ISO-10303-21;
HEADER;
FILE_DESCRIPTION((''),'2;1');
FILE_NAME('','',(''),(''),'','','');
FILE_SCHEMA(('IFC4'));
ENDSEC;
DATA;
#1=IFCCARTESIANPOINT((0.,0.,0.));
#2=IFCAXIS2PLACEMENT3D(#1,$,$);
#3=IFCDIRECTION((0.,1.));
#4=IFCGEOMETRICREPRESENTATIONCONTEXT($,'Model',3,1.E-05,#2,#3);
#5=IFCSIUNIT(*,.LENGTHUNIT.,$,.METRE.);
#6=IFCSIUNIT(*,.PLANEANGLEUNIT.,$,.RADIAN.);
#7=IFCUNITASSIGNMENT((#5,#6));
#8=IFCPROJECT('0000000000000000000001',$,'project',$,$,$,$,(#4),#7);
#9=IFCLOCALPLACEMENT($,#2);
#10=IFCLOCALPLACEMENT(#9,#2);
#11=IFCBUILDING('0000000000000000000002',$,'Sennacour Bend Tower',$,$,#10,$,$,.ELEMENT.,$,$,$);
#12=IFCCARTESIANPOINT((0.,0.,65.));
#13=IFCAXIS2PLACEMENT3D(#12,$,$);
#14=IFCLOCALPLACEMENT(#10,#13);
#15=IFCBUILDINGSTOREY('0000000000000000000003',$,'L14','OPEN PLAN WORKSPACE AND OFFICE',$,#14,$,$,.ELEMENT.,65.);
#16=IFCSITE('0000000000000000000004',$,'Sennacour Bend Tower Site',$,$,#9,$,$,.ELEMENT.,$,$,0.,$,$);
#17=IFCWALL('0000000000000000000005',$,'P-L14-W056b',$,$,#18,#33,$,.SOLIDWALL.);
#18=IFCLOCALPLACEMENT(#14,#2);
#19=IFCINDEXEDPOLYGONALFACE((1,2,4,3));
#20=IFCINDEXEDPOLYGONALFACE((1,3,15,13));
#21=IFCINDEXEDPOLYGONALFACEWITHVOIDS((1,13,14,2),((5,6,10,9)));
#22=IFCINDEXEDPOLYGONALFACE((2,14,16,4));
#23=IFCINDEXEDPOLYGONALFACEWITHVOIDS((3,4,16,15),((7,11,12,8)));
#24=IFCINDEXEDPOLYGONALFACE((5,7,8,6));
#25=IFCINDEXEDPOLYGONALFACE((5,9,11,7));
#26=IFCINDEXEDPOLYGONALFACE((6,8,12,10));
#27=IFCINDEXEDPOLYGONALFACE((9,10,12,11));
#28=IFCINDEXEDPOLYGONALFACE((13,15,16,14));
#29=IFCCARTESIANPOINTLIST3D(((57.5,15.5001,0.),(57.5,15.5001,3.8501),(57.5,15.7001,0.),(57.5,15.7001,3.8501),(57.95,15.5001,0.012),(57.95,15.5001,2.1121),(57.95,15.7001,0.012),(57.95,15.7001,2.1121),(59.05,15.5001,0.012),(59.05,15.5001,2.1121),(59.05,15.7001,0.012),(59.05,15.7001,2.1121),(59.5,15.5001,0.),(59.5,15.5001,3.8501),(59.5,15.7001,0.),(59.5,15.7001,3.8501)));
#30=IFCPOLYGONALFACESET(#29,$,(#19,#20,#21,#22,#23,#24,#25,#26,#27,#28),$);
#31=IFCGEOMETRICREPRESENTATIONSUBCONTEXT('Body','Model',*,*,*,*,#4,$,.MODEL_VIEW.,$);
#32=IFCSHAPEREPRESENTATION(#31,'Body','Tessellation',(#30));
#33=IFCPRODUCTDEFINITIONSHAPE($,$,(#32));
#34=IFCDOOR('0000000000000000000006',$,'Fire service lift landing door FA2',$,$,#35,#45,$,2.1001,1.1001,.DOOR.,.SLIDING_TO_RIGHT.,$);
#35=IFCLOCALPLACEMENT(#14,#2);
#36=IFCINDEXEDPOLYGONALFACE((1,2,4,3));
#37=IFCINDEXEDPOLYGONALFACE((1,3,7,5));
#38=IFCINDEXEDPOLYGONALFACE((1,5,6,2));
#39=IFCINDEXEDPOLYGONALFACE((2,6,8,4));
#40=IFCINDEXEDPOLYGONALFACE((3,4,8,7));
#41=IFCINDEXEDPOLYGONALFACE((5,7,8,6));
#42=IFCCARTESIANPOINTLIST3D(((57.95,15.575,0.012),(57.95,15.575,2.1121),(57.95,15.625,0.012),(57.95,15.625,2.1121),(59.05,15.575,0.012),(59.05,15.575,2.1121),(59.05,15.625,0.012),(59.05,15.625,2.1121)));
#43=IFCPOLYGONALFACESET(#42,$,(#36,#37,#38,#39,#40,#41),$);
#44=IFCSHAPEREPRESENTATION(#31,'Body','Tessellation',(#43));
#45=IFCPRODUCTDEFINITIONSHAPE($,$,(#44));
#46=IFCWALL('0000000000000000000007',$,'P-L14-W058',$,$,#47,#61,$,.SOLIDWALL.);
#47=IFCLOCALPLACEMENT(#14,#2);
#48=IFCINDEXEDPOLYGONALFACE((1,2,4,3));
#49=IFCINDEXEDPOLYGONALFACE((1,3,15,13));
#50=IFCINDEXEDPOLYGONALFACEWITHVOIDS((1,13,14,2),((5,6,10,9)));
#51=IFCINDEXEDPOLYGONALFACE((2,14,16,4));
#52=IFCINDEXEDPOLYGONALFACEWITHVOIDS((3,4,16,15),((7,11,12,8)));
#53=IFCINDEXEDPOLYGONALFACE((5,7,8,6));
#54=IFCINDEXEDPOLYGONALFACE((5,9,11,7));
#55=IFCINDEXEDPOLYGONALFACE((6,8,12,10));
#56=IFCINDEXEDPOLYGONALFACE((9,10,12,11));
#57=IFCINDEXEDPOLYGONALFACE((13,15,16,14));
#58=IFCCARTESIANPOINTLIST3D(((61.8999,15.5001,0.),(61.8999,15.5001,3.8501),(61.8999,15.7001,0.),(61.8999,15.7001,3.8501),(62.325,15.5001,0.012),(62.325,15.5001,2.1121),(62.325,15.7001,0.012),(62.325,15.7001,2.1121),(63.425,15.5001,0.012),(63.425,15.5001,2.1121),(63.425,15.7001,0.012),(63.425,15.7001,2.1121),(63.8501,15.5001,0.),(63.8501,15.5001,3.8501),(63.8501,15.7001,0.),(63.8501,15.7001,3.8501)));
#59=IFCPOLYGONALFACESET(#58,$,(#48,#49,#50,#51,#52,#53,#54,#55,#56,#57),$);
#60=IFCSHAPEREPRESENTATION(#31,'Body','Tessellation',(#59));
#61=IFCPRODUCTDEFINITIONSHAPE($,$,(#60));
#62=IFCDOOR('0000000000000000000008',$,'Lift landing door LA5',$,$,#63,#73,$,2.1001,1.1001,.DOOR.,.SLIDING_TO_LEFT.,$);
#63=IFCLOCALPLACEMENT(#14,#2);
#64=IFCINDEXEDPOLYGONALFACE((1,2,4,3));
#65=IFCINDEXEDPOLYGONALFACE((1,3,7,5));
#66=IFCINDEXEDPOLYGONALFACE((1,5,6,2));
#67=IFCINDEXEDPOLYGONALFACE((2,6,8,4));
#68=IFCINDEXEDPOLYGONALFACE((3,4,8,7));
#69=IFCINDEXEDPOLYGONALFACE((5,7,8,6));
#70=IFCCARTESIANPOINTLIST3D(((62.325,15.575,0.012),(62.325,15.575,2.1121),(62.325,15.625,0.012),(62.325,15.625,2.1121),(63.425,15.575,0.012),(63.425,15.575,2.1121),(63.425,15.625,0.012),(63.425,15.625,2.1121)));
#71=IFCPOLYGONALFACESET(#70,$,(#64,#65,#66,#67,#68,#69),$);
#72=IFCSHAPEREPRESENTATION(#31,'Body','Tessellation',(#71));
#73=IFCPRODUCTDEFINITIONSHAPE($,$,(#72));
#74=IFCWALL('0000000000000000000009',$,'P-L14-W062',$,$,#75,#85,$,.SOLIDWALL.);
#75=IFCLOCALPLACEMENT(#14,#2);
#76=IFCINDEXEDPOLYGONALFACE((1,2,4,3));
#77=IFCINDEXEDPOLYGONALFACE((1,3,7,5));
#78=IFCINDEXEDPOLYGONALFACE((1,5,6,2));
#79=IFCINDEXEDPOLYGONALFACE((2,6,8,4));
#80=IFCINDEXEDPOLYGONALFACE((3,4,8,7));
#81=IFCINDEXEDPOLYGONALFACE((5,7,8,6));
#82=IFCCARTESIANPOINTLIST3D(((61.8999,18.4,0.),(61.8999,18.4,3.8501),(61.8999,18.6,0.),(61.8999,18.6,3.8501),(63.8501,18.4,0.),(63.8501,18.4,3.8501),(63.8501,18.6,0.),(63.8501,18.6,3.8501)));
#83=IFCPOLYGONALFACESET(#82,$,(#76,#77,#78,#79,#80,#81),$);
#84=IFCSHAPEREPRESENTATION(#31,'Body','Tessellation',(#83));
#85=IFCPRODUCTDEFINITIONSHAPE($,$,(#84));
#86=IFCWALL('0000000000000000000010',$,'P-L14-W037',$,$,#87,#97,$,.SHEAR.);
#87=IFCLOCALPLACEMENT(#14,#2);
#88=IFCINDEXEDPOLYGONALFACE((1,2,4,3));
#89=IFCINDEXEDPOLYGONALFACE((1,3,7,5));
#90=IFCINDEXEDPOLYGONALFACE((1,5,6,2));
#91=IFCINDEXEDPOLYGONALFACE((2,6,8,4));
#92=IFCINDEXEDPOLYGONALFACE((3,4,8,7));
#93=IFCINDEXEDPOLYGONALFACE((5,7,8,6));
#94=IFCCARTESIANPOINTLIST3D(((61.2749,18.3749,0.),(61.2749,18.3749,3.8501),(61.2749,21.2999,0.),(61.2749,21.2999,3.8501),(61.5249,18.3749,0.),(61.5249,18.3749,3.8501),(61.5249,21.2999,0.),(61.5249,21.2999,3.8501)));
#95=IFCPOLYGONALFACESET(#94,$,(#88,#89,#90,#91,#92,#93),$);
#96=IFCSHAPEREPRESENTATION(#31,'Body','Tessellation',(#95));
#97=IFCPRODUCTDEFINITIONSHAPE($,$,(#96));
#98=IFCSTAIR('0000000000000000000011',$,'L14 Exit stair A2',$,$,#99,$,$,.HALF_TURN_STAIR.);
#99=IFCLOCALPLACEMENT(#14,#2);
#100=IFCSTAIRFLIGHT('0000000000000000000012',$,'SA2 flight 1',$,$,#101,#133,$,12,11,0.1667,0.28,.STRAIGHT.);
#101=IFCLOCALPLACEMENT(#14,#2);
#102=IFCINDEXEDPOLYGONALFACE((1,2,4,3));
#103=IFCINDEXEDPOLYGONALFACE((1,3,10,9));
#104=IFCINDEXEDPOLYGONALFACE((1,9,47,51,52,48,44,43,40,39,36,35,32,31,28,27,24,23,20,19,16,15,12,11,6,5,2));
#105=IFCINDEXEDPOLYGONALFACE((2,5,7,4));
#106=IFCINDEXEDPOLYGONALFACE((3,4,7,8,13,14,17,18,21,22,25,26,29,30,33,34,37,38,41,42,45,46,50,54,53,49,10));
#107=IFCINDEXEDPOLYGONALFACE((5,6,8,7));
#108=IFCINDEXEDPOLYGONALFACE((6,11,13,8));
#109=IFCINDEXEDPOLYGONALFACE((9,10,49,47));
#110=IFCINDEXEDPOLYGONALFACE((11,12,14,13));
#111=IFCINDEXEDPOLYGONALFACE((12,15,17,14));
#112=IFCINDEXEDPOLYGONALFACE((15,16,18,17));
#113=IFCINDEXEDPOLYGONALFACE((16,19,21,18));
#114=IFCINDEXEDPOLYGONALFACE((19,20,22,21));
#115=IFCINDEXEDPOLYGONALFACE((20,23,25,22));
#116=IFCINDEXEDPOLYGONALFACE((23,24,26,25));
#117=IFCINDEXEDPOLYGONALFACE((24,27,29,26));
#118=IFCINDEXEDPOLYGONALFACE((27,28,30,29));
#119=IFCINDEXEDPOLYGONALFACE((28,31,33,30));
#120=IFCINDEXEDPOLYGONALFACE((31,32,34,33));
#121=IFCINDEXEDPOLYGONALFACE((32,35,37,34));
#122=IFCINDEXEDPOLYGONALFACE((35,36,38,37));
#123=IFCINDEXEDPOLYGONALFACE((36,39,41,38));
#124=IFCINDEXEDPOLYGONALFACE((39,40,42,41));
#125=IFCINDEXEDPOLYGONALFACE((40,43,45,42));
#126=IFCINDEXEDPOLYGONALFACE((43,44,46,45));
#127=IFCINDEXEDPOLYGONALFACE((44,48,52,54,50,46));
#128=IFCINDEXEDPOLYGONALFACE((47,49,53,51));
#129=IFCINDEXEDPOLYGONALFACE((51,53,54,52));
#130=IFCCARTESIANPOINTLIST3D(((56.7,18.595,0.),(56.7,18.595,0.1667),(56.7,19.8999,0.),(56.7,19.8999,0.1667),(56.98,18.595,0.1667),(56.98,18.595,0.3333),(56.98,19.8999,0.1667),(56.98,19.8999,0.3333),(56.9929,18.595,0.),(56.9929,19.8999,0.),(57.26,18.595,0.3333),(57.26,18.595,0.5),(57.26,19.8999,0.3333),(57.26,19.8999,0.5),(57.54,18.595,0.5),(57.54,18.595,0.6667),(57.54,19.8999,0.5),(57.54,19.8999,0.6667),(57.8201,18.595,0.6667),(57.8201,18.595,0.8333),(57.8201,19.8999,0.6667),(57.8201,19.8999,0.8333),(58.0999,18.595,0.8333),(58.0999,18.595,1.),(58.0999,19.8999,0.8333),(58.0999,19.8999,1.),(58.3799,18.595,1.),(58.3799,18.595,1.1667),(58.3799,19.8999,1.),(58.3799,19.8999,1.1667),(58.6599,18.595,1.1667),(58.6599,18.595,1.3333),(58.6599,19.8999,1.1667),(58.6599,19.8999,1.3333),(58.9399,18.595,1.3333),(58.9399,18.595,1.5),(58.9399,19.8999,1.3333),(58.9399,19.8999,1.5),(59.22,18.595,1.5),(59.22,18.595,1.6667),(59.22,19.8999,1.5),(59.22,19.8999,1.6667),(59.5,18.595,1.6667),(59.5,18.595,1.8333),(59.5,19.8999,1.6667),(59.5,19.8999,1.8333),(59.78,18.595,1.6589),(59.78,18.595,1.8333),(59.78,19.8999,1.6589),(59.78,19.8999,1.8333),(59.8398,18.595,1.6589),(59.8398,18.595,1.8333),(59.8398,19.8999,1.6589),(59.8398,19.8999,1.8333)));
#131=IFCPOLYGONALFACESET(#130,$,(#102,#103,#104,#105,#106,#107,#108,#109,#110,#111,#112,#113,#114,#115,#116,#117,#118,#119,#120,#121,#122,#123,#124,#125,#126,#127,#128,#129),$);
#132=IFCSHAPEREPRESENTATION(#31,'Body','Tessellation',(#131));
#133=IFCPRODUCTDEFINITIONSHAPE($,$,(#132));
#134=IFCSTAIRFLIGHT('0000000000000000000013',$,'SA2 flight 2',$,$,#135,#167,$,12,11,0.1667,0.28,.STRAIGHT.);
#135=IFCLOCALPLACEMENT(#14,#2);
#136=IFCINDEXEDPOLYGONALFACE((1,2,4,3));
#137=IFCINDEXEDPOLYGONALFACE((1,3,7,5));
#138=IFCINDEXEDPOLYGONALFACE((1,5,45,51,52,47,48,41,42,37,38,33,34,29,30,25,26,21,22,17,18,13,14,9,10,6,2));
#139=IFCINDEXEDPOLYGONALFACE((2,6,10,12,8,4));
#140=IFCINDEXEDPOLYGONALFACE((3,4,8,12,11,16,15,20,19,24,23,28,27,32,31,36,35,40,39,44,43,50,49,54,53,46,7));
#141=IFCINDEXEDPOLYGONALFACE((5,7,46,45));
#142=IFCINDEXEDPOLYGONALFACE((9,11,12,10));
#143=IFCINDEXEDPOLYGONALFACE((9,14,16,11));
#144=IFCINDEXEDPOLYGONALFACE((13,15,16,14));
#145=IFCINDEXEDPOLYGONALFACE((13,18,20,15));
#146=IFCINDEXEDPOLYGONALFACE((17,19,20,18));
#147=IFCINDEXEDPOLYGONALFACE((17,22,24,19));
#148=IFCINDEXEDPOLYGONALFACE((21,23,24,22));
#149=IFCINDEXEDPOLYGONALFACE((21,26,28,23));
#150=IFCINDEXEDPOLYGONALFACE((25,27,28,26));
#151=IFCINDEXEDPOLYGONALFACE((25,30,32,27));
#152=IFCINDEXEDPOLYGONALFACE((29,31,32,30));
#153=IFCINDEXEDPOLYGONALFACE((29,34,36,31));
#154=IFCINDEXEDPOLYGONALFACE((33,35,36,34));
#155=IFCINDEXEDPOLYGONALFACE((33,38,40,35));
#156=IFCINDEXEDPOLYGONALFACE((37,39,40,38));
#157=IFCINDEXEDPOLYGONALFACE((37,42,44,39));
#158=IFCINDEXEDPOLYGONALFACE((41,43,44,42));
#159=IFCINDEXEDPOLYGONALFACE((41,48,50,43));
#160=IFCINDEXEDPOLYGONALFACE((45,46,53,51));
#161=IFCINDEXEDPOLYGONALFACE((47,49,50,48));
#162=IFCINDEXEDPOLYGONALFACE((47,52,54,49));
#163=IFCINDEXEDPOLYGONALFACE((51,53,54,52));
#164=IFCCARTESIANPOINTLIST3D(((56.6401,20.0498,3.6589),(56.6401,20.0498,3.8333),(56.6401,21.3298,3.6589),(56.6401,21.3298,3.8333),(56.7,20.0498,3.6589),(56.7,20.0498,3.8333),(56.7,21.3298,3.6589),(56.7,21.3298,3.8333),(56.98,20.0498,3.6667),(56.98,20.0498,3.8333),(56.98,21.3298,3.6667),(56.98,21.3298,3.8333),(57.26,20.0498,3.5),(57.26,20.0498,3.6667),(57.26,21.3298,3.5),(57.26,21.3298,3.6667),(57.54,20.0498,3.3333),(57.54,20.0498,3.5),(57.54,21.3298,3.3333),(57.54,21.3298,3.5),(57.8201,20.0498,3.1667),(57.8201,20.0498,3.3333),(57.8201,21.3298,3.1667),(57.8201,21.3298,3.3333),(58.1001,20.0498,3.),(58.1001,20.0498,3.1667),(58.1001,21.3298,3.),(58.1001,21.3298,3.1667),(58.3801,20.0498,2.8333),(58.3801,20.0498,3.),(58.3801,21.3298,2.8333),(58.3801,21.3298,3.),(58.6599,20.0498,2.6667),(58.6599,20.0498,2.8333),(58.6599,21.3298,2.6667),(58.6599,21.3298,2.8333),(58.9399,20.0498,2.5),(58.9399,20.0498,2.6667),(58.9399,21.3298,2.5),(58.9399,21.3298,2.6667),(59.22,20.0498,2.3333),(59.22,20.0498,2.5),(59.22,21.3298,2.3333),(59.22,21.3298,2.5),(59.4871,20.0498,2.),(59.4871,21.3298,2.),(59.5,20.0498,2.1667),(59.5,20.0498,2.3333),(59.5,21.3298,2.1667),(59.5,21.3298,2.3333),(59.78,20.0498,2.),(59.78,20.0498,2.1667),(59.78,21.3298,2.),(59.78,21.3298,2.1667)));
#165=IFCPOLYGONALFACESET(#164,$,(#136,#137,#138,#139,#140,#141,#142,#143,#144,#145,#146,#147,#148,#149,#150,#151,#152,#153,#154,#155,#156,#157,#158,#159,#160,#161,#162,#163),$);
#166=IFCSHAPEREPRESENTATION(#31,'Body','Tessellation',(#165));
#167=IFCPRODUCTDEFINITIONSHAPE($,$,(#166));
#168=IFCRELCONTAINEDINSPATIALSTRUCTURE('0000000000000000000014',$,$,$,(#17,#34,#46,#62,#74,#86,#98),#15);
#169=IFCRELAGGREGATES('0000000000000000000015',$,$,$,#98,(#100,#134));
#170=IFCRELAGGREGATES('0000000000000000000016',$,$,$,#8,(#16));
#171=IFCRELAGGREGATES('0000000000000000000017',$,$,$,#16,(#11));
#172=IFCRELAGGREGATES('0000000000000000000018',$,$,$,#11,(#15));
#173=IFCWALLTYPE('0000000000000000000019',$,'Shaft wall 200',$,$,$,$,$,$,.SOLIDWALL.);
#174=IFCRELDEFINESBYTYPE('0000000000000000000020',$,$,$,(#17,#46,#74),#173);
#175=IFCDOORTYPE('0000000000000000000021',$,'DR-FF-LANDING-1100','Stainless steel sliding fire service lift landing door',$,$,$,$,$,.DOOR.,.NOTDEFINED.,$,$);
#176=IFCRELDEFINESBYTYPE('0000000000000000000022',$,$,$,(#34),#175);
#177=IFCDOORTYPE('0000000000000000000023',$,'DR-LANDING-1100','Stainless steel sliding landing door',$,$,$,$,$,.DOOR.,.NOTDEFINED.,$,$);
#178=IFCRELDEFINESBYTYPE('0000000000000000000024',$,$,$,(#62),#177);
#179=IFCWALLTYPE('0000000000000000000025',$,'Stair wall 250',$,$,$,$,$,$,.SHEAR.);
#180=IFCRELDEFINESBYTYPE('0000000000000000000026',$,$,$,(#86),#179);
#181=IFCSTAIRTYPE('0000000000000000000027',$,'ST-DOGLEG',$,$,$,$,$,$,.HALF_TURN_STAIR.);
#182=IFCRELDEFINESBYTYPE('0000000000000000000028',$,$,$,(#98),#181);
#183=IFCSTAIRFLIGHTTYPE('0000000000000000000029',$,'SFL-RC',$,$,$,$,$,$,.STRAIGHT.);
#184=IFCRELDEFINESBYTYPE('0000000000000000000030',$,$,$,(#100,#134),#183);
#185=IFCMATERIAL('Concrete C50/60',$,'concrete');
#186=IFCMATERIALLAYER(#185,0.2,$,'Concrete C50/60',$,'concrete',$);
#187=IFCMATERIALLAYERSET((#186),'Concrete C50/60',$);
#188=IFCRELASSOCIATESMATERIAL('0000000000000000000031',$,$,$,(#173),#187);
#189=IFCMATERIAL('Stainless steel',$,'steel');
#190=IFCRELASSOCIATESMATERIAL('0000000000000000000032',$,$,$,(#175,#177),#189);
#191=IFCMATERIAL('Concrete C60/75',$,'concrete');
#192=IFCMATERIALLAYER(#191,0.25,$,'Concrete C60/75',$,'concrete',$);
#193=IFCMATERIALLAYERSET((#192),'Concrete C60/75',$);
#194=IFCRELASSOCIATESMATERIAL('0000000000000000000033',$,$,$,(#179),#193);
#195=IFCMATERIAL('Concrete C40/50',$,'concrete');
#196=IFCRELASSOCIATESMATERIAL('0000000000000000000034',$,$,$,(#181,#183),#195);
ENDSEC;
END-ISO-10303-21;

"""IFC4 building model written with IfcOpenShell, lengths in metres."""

from ifc_helpers import new_model, si_unit, direction, frame, frame_2d, origin, place, context, subcontext, project, spatial, polyline, rectangle, outline, extrude, material, layer, layer_set, type_object, element, fill, aggregate, save


model = new_model("IFC4")

# Units and contexts
model_context = context("Model", 3, precision=1e-05, world=origin(), true_north=direction((0.0, 1.0)))
body_context = subcontext(model_context, "Body", "Model", "MODEL_VIEW")
ifc_project = project(units=[si_unit("LENGTHUNIT", "METRE"), si_unit("PLANEANGLEUNIT", "RADIAN")], contexts=[model_context])

# Site, building, storey
site_placement = place(None, origin())
site = spatial("IfcSite", under=ifc_project, at=site_placement, Name="Sennacour Bend Tower Site", CompositionType="ELEMENT", RefElevation=0.0)
building_placement = place(site_placement, origin())
building = spatial("IfcBuilding", under=site, at=building_placement, Name="Sennacour Bend Tower", CompositionType="ELEMENT")
storey_placement = place(building_placement, frame((0.0, 0.0, 65.0)))
storey = spatial("IfcBuildingStorey", under=building, at=storey_placement, Name="L14", Description="OPEN PLAN WORKSPACE AND OFFICE", CompositionType="ELEMENT", Elevation=65.0)

# Shared definitions
ifc_material_1 = material(Name="Concrete C50/60", Category="concrete")
ifc_layer_1 = layer(ifc_material_1, 0.2, Name="Concrete C50/60", Category="concrete")
ifc_layer_set_1 = layer_set([ifc_layer_1], Name="Concrete C50/60")
wall_type_1 = type_object("IfcWallType", Name="Shaft wall 200", PredefinedType="SOLIDWALL", material=ifc_layer_set_1)

# Walls, openings, doors
wall_1_placement = place(storey_placement, frame((57.5, 15.6001, 0.0), z_axis=(0.0, 0.0, 1.0), x_axis=(1.0, 0.0, 0.0)))
wall_1 = element("IfcWall", 1, at=wall_1_placement, inside=storey, type_object=wall_type_1, Name="P-L14-W056b", PredefinedType="SOLIDWALL", context=body_context, shape_type="SweptSolid", body=[
    extrude(rectangle(XDim=2.0, YDim=0.2, at=frame_2d((1.0, 0.0))), origin(), (0.0, 0.0, 1.0), 3.8501),
])
opening_1_placement = place(wall_1_placement, frame((0.45, 0.0, 0.012)))
opening_1 = element("IfcOpeningElement", 2, at=opening_1_placement, cuts=wall_1, PredefinedType="OPENING", context=body_context, shape_type="SweptSolid", body=[
    extrude(rectangle(XDim=1.1001, YDim=2.1001, at=frame_2d((0.55, 1.05))), frame((0.0, 0.1099, 0.0), z_axis=(0.0, -1.0, 0.0), x_axis=(1.0, 0.0, 0.0)), (0.0, 0.0, 1.0), 0.22),
])
ifc_material_2 = material(Name="Stainless steel", Category="steel")
door_type_1 = type_object("IfcDoorType", Name="DR-FF-LANDING-1100", Description="Stainless steel sliding fire service lift landing door", OperationType="NOTDEFINED", PredefinedType="DOOR", material=ifc_material_2)
door_1_placement = place(opening_1_placement, origin())
door_1 = element("IfcDoor", 3, at=door_1_placement, inside=storey, type_object=door_type_1, Name="Fire service lift landing door FA2", OperationType="SLIDING_TO_RIGHT", OverallHeight=2.1001, OverallWidth=1.1001, PredefinedType="DOOR", context=body_context, shape_type="SweptSolid", body=[
    extrude(rectangle(XDim=1.1001, YDim=2.1001, at=frame_2d((0.55, 1.05))), frame((0.0, 0.0249, 0.0), z_axis=(0.0, -1.0, 0.0), x_axis=(1.0, 0.0, 0.0)), (0.0, 0.0, 1.0), 0.05),
])
fill(opening_1, door_1)
wall_2_placement = place(storey_placement, frame((61.8999, 15.6001, 0.0), z_axis=(0.0, 0.0, 1.0), x_axis=(1.0, 0.0, 0.0)))
wall_2 = element("IfcWall", 4, at=wall_2_placement, inside=storey, type_object=wall_type_1, Name="P-L14-W058", PredefinedType="SOLIDWALL", context=body_context, shape_type="SweptSolid", body=[
    extrude(rectangle(XDim=1.9502, YDim=0.2, at=frame_2d((0.9751, 0.0))), origin(), (0.0, 0.0, 1.0), 3.8501),
])
opening_2_placement = place(wall_2_placement, frame((0.425, 0.0, 0.012)))
opening_2 = element("IfcOpeningElement", 5, at=opening_2_placement, cuts=wall_2, PredefinedType="OPENING", context=body_context, shape_type="SweptSolid", body=[
    extrude(rectangle(XDim=1.1001, YDim=2.1001, at=frame_2d((0.55, 1.05))), frame((0.0, 0.1099, 0.0), z_axis=(0.0, -1.0, 0.0), x_axis=(1.0, 0.0, 0.0)), (0.0, 0.0, 1.0), 0.22),
])
door_type_2 = type_object("IfcDoorType", Name="DR-LANDING-1100", Description="Stainless steel sliding landing door", OperationType="NOTDEFINED", PredefinedType="DOOR", material=ifc_material_2)
door_2_placement = place(opening_2_placement, origin())
door_2 = element("IfcDoor", 6, at=door_2_placement, inside=storey, type_object=door_type_2, Name="Lift landing door LA5", OperationType="SLIDING_TO_LEFT", OverallHeight=2.1001, OverallWidth=1.1001, PredefinedType="DOOR", context=body_context, shape_type="SweptSolid", body=[
    extrude(rectangle(XDim=1.1001, YDim=2.1001, at=frame_2d((0.55, 1.05))), frame((0.0, 0.0249, 0.0), z_axis=(0.0, -1.0, 0.0), x_axis=(1.0, 0.0, 0.0)), (0.0, 0.0, 1.0), 0.05),
])
fill(opening_2, door_2)

# Walls
wall_3_placement = place(storey_placement, frame((61.8999, 18.5, 0.0), z_axis=(0.0, 0.0, 1.0), x_axis=(1.0, 0.0, 0.0)))
element("IfcWall", 7, at=wall_3_placement, inside=storey, type_object=wall_type_1, Name="P-L14-W062", PredefinedType="SOLIDWALL", context=body_context, shape_type="SweptSolid", body=[
    extrude(rectangle(XDim=1.9502, YDim=0.2, at=frame_2d((0.9751, 0.0))), origin(), (0.0, 0.0, 1.0), 3.8501),
])
ifc_material_3 = material(Name="Concrete C60/75", Category="concrete")
ifc_layer_2 = layer(ifc_material_3, 0.25, Name="Concrete C60/75", Category="concrete")
ifc_layer_set_2 = layer_set([ifc_layer_2], Name="Concrete C60/75")
wall_type_2 = type_object("IfcWallType", Name="Stair wall 250", PredefinedType="SHEAR", material=ifc_layer_set_2)
wall_4_placement = place(storey_placement, frame((61.3999, 18.375, 0.0), z_axis=(0.0, 0.0, 1.0), x_axis=(0.0, 1.0, 0.0)))
element("IfcWall", 8, at=wall_4_placement, inside=storey, type_object=wall_type_2, Name="P-L14-W037", PredefinedType="SHEAR", context=body_context, shape_type="SweptSolid", body=[
    extrude(rectangle(XDim=2.925, YDim=0.25, at=frame_2d((1.4624, 0.0))), origin(), (0.0, 0.0, 1.0), 3.8501),
])

# Stair, stair flights
ifc_material_4 = material(Name="Concrete C40/50", Category="concrete")
stair_type = type_object("IfcStairType", Name="ST-DOGLEG", PredefinedType="HALF_TURN_STAIR", material=ifc_material_4)
stair_placement = place(storey_placement, origin())
stair = element("IfcStair", 9, at=stair_placement, inside=storey, type_object=stair_type, Name="L14 Exit stair A2", PredefinedType="HALF_TURN_STAIR")
stair_flight_type = type_object("IfcStairFlightType", Name="SFL-RC", PredefinedType="STRAIGHT", material=ifc_material_4)
stair_flight_1_placement = place(storey_placement, frame((56.7, 19.2476, 0.0), z_axis=(0.0, 0.0, 1.0), x_axis=(1.0, 0.0, 0.0)))
stair_flight_1 = element("IfcStairFlight", 10, at=stair_flight_1_placement, type_object=stair_flight_type, Name="SA2 flight 1", NumberOfRisers=12, NumberOfTreads=11, PredefinedType="STRAIGHT", RiserHeight=0.1667, TreadLength=0.28, context=body_context, shape_type="SweptSolid", body=[
    extrude(outline(polyline([(0.0, 0.0), (0.0, 0.1667), (0.28, 0.1667), (0.28, 0.3333), (0.5601, 0.3333), (0.5601, 0.5), (0.8401, 0.5), (0.8401, 0.6667), (1.1201, 0.6667), (1.1201, 0.8333), (1.3999, 0.8333), (1.3999, 1.0), (1.6799, 1.0), (1.6799, 1.1667), (1.96, 1.1667), (1.96, 1.3333), (2.24, 1.3333), (2.24, 1.5), (2.52, 1.5), (2.52, 1.6667), (2.8, 1.6667), (2.8, 1.8333), (3.0801, 1.8333), (3.1399, 1.8333), (3.1399, 1.6589), (3.0801, 1.6589), (0.293, 0.0), (0.0, 0.0)])), frame((0.0, 0.6523, 0.0), z_axis=(0.0, -1.0, 0.0), x_axis=(1.0, 0.0, 0.0)), (0.0, 0.0, 1.0), 1.3049),
])
stair_flight_2_placement = place(storey_placement, frame((59.78, 20.6899, 2.0), z_axis=(0.0, 0.0, 1.0), x_axis=(-1.0, 0.0, 0.0)))
stair_flight_2 = element("IfcStairFlight", 11, at=stair_flight_2_placement, type_object=stair_flight_type, Name="SA2 flight 2", NumberOfRisers=12, NumberOfTreads=11, PredefinedType="STRAIGHT", RiserHeight=0.1667, TreadLength=0.28, context=body_context, shape_type="SweptSolid", body=[
    extrude(outline(polyline([(0.0, 0.0), (0.0, 0.1667), (0.28, 0.1667), (0.28, 0.3333), (0.5601, 0.3333), (0.5601, 0.5), (0.8401, 0.5), (0.8401, 0.6667), (1.1201, 0.6667), (1.1201, 0.8333), (1.3999, 0.8333), (1.3999, 1.0), (1.6799, 1.0), (1.6799, 1.1667), (1.96, 1.1667), (1.96, 1.3333), (2.24, 1.3333), (2.24, 1.5), (2.52, 1.5), (2.52, 1.6667), (2.8, 1.6667), (2.8, 1.8333), (3.0801, 1.8333), (3.1399, 1.8333), (3.1399, 1.6589), (3.0801, 1.6589), (0.293, 0.0), (0.0, 0.0)])), frame((0.0, 0.6401, 0.0), z_axis=(0.0, -1.0, 0.0), x_axis=(1.0, 0.0, 0.0)), (0.0, 0.0, 1.0), 1.28),
])
aggregate(stair, [stair_flight_1, stair_flight_2])

save(model, "model.ifc")
